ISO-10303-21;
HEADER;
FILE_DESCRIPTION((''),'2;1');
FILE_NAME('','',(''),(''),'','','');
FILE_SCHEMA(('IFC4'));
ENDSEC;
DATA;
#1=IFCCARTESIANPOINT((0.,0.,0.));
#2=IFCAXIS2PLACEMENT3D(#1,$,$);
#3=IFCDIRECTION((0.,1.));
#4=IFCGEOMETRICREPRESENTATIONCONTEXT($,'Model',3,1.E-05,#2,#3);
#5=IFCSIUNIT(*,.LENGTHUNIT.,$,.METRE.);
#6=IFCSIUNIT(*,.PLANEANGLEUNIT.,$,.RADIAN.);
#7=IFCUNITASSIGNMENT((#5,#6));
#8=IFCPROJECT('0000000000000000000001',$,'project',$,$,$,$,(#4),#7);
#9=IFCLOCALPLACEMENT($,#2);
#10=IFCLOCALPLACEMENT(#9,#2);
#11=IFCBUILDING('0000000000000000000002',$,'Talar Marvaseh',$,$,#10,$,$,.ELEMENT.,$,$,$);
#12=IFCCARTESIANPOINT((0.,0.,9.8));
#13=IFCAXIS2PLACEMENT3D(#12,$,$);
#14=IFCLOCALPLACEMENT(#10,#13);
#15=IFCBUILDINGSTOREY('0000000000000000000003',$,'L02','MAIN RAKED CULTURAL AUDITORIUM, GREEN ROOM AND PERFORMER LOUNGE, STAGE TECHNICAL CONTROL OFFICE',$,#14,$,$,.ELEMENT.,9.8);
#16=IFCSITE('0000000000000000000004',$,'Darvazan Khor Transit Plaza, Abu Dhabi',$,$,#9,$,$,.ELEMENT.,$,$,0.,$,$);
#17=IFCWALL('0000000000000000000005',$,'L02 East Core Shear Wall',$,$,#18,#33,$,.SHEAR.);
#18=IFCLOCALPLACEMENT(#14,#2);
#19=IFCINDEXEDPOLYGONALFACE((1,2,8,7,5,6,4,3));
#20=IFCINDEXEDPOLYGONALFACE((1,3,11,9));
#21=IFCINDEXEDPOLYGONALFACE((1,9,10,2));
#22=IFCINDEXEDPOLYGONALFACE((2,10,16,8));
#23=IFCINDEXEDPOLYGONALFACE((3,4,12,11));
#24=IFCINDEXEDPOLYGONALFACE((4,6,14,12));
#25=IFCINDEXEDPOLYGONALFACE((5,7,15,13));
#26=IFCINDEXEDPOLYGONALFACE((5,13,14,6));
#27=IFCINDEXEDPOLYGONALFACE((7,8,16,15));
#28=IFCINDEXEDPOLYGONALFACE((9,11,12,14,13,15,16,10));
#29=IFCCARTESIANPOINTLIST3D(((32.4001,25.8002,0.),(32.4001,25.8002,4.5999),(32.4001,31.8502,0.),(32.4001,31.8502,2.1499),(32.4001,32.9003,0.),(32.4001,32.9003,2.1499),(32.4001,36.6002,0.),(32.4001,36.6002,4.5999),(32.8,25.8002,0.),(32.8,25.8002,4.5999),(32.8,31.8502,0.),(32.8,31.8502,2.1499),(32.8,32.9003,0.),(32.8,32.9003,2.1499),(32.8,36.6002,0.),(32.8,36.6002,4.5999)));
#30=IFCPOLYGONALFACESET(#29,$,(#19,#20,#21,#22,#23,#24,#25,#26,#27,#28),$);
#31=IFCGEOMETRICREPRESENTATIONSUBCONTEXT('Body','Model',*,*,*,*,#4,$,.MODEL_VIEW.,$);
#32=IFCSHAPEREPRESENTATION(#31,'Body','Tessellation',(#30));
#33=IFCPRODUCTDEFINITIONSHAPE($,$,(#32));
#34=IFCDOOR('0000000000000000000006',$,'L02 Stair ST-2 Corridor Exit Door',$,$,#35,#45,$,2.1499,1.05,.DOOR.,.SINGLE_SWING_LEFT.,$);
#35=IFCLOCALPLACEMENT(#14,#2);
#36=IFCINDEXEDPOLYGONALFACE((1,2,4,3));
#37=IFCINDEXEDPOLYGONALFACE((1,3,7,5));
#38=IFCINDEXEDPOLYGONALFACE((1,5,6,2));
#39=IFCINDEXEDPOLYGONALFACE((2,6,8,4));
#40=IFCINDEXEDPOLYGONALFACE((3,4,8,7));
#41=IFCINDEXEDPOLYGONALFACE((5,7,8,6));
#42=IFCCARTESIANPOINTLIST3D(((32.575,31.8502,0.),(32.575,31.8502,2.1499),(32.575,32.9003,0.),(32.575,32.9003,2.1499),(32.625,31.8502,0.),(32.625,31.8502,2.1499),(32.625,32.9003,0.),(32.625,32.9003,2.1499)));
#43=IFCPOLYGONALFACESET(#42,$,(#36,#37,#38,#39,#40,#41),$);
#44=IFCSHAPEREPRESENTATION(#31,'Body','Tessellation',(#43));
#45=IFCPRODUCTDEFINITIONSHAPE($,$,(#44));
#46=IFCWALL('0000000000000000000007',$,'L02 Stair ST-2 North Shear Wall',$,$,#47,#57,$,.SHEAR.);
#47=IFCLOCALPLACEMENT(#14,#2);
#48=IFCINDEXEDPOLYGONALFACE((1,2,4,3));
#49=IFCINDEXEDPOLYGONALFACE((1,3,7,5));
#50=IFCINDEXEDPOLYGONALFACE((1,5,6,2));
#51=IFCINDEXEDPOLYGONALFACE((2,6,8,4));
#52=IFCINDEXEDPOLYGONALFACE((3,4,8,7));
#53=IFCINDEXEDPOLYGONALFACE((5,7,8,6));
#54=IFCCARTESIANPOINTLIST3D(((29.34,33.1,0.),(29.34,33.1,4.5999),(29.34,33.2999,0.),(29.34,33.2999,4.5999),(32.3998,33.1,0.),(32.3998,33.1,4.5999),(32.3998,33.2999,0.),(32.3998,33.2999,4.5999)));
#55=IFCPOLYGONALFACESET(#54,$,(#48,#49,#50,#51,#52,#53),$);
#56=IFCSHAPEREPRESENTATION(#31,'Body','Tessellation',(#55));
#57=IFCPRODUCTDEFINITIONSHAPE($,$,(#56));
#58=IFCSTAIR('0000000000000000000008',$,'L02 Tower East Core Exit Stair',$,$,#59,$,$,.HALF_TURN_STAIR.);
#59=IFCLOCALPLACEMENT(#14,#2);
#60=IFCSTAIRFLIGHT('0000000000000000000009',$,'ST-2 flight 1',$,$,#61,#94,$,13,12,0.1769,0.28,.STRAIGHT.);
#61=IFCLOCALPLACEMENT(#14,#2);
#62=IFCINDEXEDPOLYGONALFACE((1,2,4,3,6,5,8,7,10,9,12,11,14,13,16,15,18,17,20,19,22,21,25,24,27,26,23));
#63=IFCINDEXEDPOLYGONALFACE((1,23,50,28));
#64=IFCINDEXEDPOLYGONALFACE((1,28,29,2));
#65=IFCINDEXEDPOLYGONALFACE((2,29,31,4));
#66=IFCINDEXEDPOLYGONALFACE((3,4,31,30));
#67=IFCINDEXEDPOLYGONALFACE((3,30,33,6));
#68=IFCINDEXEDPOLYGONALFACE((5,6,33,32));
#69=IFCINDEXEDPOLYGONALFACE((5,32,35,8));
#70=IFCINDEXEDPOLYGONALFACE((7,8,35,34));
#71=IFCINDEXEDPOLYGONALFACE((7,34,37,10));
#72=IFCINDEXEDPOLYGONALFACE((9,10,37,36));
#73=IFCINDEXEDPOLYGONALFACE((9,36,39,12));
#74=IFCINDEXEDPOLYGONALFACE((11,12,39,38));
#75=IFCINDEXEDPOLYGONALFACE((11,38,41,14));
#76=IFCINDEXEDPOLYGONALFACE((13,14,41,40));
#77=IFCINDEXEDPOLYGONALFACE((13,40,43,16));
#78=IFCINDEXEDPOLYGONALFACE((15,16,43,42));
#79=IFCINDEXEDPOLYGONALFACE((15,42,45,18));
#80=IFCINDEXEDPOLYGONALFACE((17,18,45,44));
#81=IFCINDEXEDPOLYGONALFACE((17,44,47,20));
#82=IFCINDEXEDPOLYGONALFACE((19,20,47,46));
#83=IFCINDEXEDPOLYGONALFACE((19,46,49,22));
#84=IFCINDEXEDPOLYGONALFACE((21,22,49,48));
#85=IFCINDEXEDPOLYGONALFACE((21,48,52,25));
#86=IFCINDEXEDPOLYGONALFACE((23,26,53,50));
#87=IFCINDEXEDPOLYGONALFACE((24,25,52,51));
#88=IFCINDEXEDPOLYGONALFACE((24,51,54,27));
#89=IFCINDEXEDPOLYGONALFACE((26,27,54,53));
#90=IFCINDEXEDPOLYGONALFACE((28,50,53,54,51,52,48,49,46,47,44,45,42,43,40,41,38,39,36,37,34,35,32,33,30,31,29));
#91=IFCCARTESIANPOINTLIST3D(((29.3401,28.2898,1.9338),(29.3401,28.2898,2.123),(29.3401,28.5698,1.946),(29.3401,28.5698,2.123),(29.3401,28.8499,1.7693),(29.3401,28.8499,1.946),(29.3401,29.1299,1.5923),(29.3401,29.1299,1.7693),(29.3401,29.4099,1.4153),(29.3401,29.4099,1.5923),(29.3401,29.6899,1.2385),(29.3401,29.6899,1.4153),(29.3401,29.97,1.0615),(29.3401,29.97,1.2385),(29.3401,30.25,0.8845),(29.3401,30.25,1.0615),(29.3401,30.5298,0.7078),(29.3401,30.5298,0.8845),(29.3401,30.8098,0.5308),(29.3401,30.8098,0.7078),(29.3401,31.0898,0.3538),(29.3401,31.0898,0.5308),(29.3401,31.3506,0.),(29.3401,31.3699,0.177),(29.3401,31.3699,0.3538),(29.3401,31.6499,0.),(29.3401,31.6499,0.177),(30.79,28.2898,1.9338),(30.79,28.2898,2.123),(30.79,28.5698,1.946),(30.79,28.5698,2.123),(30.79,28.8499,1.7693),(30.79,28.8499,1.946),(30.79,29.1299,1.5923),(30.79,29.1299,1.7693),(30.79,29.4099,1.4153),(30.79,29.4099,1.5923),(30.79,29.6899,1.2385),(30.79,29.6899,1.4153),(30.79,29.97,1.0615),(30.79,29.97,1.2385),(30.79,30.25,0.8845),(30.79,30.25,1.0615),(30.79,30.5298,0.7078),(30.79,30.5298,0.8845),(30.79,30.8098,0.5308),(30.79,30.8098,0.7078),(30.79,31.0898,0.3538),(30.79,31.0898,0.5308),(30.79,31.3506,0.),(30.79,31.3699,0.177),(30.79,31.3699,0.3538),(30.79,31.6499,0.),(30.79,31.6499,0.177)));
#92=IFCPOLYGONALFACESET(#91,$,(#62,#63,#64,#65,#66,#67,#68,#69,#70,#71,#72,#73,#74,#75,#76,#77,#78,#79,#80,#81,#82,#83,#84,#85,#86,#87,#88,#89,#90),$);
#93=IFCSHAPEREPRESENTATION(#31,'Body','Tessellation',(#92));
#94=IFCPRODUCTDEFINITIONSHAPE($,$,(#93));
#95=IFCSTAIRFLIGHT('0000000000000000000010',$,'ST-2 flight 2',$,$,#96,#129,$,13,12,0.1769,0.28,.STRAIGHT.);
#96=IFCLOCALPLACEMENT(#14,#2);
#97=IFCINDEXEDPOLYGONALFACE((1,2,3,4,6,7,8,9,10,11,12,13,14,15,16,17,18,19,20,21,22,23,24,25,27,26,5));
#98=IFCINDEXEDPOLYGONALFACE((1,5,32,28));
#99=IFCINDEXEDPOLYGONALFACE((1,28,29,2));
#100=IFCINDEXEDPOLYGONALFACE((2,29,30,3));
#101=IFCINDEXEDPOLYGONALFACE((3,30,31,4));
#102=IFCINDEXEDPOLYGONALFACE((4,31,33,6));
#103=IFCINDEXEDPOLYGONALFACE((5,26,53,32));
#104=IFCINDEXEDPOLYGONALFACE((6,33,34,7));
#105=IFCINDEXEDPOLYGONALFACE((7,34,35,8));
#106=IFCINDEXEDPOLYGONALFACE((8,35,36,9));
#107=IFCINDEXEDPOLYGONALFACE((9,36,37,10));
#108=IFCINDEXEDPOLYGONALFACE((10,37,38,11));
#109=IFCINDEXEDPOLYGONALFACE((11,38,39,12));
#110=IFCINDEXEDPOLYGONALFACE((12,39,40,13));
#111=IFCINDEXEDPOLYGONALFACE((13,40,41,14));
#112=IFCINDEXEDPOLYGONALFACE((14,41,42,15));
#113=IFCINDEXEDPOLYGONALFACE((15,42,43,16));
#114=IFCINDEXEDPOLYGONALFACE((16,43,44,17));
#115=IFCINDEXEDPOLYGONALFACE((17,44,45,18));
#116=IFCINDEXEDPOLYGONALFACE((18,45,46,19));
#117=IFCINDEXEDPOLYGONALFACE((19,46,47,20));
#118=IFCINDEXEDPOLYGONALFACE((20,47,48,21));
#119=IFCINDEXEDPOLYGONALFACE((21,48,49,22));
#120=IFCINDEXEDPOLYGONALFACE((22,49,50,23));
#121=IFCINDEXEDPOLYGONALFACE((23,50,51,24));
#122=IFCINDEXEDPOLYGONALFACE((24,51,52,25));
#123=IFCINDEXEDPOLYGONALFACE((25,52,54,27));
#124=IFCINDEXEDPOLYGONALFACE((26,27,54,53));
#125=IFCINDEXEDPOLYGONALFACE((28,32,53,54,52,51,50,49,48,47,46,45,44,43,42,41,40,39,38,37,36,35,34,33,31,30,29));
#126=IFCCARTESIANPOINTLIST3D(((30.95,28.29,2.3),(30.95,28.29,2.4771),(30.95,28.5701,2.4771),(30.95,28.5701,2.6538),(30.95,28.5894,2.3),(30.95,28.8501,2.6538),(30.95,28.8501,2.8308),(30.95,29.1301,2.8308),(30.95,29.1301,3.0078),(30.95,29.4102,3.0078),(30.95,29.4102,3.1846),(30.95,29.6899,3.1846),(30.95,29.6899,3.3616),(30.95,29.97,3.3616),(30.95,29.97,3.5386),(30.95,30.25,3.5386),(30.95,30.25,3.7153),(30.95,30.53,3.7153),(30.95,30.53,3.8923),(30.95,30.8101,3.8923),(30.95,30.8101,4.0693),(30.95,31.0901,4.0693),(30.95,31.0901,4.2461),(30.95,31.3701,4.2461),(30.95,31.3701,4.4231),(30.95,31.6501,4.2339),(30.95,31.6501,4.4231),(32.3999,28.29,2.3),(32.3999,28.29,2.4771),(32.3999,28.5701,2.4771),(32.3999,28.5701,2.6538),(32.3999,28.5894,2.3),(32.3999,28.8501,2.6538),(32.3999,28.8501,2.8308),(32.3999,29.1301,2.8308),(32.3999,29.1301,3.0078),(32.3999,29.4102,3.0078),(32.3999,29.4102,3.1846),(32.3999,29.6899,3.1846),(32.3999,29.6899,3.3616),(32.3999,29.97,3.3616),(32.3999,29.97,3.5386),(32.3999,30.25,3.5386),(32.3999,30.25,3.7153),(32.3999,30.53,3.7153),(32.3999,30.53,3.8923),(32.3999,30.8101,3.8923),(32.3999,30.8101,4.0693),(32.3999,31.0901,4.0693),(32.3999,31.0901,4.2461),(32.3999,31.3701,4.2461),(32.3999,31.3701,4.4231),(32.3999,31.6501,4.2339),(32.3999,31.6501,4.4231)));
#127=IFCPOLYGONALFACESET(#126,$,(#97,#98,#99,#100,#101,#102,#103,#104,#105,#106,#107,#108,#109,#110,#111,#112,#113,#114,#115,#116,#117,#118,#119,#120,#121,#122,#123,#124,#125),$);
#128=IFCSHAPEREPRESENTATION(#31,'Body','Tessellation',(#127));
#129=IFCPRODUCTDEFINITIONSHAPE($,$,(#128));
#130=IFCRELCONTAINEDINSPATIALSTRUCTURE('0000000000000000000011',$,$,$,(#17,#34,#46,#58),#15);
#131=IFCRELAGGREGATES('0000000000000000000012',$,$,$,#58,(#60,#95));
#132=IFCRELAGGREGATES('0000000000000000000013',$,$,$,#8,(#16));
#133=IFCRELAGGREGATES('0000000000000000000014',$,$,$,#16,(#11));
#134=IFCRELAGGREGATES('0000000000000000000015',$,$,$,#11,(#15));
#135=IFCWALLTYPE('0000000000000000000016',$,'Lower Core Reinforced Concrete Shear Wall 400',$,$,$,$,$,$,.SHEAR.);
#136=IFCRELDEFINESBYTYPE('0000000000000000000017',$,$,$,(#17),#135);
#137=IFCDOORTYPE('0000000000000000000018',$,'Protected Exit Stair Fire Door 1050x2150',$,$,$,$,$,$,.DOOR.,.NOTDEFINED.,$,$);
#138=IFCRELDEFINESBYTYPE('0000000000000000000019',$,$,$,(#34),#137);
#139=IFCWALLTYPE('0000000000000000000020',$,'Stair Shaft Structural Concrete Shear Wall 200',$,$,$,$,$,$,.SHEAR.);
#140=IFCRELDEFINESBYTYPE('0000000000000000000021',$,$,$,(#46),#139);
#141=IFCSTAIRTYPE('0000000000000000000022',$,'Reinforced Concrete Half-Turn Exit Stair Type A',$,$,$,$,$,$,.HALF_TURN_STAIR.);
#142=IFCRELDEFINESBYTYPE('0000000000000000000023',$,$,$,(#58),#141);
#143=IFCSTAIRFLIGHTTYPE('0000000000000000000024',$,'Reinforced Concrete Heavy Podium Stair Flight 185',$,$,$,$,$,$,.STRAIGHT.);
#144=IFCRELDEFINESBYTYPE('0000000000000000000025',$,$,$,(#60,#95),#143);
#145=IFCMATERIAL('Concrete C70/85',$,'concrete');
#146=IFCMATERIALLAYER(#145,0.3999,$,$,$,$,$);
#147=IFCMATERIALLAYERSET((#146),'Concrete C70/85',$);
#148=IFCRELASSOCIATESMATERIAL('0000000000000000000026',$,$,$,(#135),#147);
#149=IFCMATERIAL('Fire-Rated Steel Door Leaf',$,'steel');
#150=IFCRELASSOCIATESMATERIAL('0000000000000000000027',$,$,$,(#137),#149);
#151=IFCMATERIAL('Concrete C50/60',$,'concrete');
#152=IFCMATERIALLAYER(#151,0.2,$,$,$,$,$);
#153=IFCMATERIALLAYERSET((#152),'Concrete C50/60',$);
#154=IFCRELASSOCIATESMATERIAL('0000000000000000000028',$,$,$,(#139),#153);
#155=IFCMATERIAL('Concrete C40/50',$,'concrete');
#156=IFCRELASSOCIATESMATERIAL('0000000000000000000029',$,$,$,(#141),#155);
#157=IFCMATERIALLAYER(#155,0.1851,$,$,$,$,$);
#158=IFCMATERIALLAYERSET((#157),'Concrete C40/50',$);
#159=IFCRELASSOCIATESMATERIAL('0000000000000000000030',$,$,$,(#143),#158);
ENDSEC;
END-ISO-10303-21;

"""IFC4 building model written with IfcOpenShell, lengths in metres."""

from ifc_helpers import new_model, si_unit, direction, frame, frame_2d, origin, place, context, subcontext, project, spatial, polyline, rectangle, outline, extrude, source, transform, mapped, material, layer, layer_set, type_object, type_shapes, element, fill, aggregate, save


model = new_model("IFC4")

# Units and contexts
model_context = context("Model", 3, precision=1e-05, world=origin(), true_north=direction((0.0, 1.0)))
body_context = subcontext(model_context, "Body", "Model", "MODEL_VIEW")
ifc_project = project(units=[si_unit("LENGTHUNIT", "METRE"), si_unit("PLANEANGLEUNIT", "RADIAN")], contexts=[model_context])

# Site, building, storey
site_placement = place(None, origin())
site = spatial("IfcSite", under=ifc_project, at=site_placement, Name="Darvazan Khor Transit Plaza, Abu Dhabi", CompositionType="ELEMENT", RefElevation=0.0)
building_placement = place(site_placement, origin())
building = spatial("IfcBuilding", under=site, at=building_placement, Name="Talar Marvaseh", CompositionType="ELEMENT")
storey_placement = place(building_placement, frame((0.0, 0.0, 9.8)))
storey = spatial("IfcBuildingStorey", under=building, at=storey_placement, Name="L02", Description="MAIN RAKED CULTURAL AUDITORIUM, GREEN ROOM AND PERFORMER LOUNGE, STAGE TECHNICAL CONTROL OFFICE", CompositionType="ELEMENT", Elevation=9.8)

# Shared definitions
ifc_material_1 = material(Name="Concrete C40/50", Category="concrete")

# Shared definitions
ifc_material_2 = material(Name="Fire-Rated Steel Door Leaf", Category="steel")

# Wall, opening, door
ifc_material_3 = material(Name="Concrete C70/85", Category="concrete")
ifc_layer_1 = layer(ifc_material_3, 0.3999)
ifc_layer_set_1 = layer_set([ifc_layer_1], Name="Concrete C70/85")
wall_type_1 = type_object("IfcWallType", Name="Lower Core Reinforced Concrete Shear Wall 400", PredefinedType="SHEAR", material=ifc_layer_set_1)
wall_1_placement = place(storey_placement, frame((32.6001, 36.6001, 0.0), z_axis=(0.0, 0.0, 1.0), x_axis=(0.0, -1.0, 0.0)))
wall_1 = element("IfcWall", 1, at=wall_1_placement, inside=storey, type_object=wall_type_1, Name="L02 East Core Shear Wall", PredefinedType="SHEAR", context=body_context, shape_type="SweptSolid", body=[
    extrude(rectangle(XDim=10.8, YDim=0.3999, at=frame_2d((5.3999, 0.0))), origin(), (0.0, 0.0, 1.0), 4.5999),
])
opening_1_placement = place(wall_1_placement, frame((3.7, 0.0, 0.0)))
opening_1 = element("IfcOpeningElement", 2, at=opening_1_placement, cuts=wall_1, PredefinedType="OPENING", context=body_context, shape_type="SweptSolid", body=[
    extrude(rectangle(XDim=1.05, YDim=2.1499, at=frame_2d((0.5249, 1.075))), frame((0.0, 0.21, 0.0), z_axis=(0.0, -1.0, 0.0), x_axis=(1.0, 0.0, 0.0)), (0.0, 0.0, 1.0), 0.4199),
])
door_type_1 = type_object("IfcDoorType", Name="Protected Exit Stair Fire Door 1050x2150", OperationType="NOTDEFINED", PredefinedType="DOOR", material=ifc_material_2)
shared_shape_1 = source(origin(), body_context, "Body", "SweptSolid", [
    extrude(rectangle(XDim=1.05, YDim=2.1499, at=frame_2d((0.5249, 1.075))), frame((0.0, 0.0249, 0.0), z_axis=(0.0, -1.0, 0.0), x_axis=(1.0, 0.0, 0.0)), (0.0, 0.0, 1.0), 0.05),
])
type_shapes(door_type_1, [shared_shape_1])
door_1_placement = place(opening_1_placement, origin())
door_1 = element("IfcDoor", 3, at=door_1_placement, inside=storey, type_object=door_type_1, Name="L02 Stair ST-2 Corridor Exit Door", OperationType="SINGLE_SWING_LEFT", OverallHeight=2.1499, OverallWidth=1.05, PredefinedType="DOOR", context=body_context, shape_type="MappedRepresentation", body=[
    mapped(shared_shape_1, transform((0.0, 0.0, 0.0), x_axis=(1.0, 0.0, 0.0), y_axis=(0.0, 1.0, 0.0), z_axis=(0.0, 0.0, 1.0), scale=1.0)),
])
fill(opening_1, door_1)

# Wall
ifc_material_4 = material(Name="Concrete C50/60", Category="concrete")
ifc_layer_2 = layer(ifc_material_4, 0.2)
ifc_layer_set_2 = layer_set([ifc_layer_2], Name="Concrete C50/60")
wall_type_2 = type_object("IfcWallType", Name="Stair Shaft Structural Concrete Shear Wall 200", PredefinedType="SHEAR", material=ifc_layer_set_2)
wall_2_placement = place(storey_placement, frame((29.3401, 33.2, 0.0), z_axis=(0.0, 0.0, 1.0), x_axis=(1.0, 0.0, 0.0)))
element("IfcWall", 4, at=wall_2_placement, inside=storey, type_object=wall_type_2, Name="L02 Stair ST-2 North Shear Wall", PredefinedType="SHEAR", context=body_context, shape_type="SweptSolid", body=[
    extrude(rectangle(XDim=3.0598, YDim=0.2, at=frame_2d((1.5298, 0.0))), origin(), (0.0, 0.0, 1.0), 4.5999),
])

# Stair, stair flights
stair_type = type_object("IfcStairType", Name="Reinforced Concrete Half-Turn Exit Stair Type A", PredefinedType="HALF_TURN_STAIR", material=ifc_material_1)
stair_placement = place(storey_placement, origin())
stair = element("IfcStair", 5, at=stair_placement, inside=storey, type_object=stair_type, Name="L02 Tower East Core Exit Stair", PredefinedType="HALF_TURN_STAIR")
ifc_layer_3 = layer(ifc_material_1, 0.1851)
ifc_layer_set_3 = layer_set([ifc_layer_3], Name="Concrete C40/50")
stair_flight_type = type_object("IfcStairFlightType", Name="Reinforced Concrete Heavy Podium Stair Flight 185", PredefinedType="STRAIGHT", material=ifc_layer_set_3)
stair_flight_1_placement = place(storey_placement, frame((30.0649, 31.6499, 0.0), z_axis=(0.0, 0.0, 1.0), x_axis=(0.0, -1.0, 0.0)))
stair_flight_1 = element("IfcStairFlight", 6, at=stair_flight_1_placement, type_object=stair_flight_type, Name="ST-2 flight 1", NumberOfRisers=13, NumberOfTreads=12, PredefinedType="STRAIGHT", RiserHeight=0.1769, TreadLength=0.28, context=body_context, shape_type="SweptSolid", body=[
    extrude(outline(polyline([(0.0, 0.0), (0.0, 0.177), (0.28, 0.177), (0.28, 0.3538), (0.5601, 0.3538), (0.5601, 0.5308), (0.8401, 0.5308), (0.8401, 0.7078), (1.1201, 0.7078), (1.1201, 0.8845), (1.3999, 0.8845), (1.3999, 1.0615), (1.6799, 1.0615), (1.6799, 1.2385), (1.96, 1.2385), (1.96, 1.4153), (2.24, 1.4153), (2.24, 1.5923), (2.52, 1.5923), (2.52, 1.7693), (2.8, 1.7693), (2.8, 1.946), (3.0801, 1.946), (3.0801, 2.123), (3.3601, 2.123), (3.3601, 2.3), (3.3601, 1.9338), (0.2993, 0.0), (0.0, 0.0)])), frame((0.0, 0.7251, 0.0), z_axis=(0.0, -1.0, 0.0), x_axis=(1.0, 0.0, 0.0)), (0.0, 0.0, 1.0), 1.45),
])
stair_flight_2_placement = place(storey_placement, frame((31.675, 28.29, 2.3), z_axis=(0.0, 0.0, 1.0), x_axis=(0.0, 1.0, 0.0)))
stair_flight_2 = element("IfcStairFlight", 7, at=stair_flight_2_placement, type_object=stair_flight_type, Name="ST-2 flight 2", NumberOfRisers=13, NumberOfTreads=12, PredefinedType="STRAIGHT", RiserHeight=0.1769, TreadLength=0.28, context=body_context, shape_type="SweptSolid", body=[
    extrude(outline(polyline([(0.0, 0.0), (0.0, 0.177), (0.28, 0.177), (0.28, 0.3538), (0.5601, 0.3538), (0.5601, 0.5308), (0.8401, 0.5308), (0.8401, 0.7078), (1.1201, 0.7078), (1.1201, 0.8845), (1.3999, 0.8845), (1.3999, 1.0615), (1.6799, 1.0615), (1.6799, 1.2385), (1.96, 1.2385), (1.96, 1.4153), (2.24, 1.4153), (2.24, 1.5923), (2.52, 1.5923), (2.52, 1.7693), (2.8, 1.7693), (2.8, 1.946), (3.0801, 1.946), (3.0801, 2.123), (3.3601, 2.123), (3.3601, 2.3), (3.3601, 1.9338), (0.2993, 0.0), (0.0, 0.0)])), frame((0.0, 0.7251, 0.0), z_axis=(0.0, -1.0, 0.0), x_axis=(1.0, 0.0, 0.0)), (0.0, 0.0, 1.0), 1.45),
])
aggregate(stair, [stair_flight_1, stair_flight_2])

save(model, "model.ifc")
